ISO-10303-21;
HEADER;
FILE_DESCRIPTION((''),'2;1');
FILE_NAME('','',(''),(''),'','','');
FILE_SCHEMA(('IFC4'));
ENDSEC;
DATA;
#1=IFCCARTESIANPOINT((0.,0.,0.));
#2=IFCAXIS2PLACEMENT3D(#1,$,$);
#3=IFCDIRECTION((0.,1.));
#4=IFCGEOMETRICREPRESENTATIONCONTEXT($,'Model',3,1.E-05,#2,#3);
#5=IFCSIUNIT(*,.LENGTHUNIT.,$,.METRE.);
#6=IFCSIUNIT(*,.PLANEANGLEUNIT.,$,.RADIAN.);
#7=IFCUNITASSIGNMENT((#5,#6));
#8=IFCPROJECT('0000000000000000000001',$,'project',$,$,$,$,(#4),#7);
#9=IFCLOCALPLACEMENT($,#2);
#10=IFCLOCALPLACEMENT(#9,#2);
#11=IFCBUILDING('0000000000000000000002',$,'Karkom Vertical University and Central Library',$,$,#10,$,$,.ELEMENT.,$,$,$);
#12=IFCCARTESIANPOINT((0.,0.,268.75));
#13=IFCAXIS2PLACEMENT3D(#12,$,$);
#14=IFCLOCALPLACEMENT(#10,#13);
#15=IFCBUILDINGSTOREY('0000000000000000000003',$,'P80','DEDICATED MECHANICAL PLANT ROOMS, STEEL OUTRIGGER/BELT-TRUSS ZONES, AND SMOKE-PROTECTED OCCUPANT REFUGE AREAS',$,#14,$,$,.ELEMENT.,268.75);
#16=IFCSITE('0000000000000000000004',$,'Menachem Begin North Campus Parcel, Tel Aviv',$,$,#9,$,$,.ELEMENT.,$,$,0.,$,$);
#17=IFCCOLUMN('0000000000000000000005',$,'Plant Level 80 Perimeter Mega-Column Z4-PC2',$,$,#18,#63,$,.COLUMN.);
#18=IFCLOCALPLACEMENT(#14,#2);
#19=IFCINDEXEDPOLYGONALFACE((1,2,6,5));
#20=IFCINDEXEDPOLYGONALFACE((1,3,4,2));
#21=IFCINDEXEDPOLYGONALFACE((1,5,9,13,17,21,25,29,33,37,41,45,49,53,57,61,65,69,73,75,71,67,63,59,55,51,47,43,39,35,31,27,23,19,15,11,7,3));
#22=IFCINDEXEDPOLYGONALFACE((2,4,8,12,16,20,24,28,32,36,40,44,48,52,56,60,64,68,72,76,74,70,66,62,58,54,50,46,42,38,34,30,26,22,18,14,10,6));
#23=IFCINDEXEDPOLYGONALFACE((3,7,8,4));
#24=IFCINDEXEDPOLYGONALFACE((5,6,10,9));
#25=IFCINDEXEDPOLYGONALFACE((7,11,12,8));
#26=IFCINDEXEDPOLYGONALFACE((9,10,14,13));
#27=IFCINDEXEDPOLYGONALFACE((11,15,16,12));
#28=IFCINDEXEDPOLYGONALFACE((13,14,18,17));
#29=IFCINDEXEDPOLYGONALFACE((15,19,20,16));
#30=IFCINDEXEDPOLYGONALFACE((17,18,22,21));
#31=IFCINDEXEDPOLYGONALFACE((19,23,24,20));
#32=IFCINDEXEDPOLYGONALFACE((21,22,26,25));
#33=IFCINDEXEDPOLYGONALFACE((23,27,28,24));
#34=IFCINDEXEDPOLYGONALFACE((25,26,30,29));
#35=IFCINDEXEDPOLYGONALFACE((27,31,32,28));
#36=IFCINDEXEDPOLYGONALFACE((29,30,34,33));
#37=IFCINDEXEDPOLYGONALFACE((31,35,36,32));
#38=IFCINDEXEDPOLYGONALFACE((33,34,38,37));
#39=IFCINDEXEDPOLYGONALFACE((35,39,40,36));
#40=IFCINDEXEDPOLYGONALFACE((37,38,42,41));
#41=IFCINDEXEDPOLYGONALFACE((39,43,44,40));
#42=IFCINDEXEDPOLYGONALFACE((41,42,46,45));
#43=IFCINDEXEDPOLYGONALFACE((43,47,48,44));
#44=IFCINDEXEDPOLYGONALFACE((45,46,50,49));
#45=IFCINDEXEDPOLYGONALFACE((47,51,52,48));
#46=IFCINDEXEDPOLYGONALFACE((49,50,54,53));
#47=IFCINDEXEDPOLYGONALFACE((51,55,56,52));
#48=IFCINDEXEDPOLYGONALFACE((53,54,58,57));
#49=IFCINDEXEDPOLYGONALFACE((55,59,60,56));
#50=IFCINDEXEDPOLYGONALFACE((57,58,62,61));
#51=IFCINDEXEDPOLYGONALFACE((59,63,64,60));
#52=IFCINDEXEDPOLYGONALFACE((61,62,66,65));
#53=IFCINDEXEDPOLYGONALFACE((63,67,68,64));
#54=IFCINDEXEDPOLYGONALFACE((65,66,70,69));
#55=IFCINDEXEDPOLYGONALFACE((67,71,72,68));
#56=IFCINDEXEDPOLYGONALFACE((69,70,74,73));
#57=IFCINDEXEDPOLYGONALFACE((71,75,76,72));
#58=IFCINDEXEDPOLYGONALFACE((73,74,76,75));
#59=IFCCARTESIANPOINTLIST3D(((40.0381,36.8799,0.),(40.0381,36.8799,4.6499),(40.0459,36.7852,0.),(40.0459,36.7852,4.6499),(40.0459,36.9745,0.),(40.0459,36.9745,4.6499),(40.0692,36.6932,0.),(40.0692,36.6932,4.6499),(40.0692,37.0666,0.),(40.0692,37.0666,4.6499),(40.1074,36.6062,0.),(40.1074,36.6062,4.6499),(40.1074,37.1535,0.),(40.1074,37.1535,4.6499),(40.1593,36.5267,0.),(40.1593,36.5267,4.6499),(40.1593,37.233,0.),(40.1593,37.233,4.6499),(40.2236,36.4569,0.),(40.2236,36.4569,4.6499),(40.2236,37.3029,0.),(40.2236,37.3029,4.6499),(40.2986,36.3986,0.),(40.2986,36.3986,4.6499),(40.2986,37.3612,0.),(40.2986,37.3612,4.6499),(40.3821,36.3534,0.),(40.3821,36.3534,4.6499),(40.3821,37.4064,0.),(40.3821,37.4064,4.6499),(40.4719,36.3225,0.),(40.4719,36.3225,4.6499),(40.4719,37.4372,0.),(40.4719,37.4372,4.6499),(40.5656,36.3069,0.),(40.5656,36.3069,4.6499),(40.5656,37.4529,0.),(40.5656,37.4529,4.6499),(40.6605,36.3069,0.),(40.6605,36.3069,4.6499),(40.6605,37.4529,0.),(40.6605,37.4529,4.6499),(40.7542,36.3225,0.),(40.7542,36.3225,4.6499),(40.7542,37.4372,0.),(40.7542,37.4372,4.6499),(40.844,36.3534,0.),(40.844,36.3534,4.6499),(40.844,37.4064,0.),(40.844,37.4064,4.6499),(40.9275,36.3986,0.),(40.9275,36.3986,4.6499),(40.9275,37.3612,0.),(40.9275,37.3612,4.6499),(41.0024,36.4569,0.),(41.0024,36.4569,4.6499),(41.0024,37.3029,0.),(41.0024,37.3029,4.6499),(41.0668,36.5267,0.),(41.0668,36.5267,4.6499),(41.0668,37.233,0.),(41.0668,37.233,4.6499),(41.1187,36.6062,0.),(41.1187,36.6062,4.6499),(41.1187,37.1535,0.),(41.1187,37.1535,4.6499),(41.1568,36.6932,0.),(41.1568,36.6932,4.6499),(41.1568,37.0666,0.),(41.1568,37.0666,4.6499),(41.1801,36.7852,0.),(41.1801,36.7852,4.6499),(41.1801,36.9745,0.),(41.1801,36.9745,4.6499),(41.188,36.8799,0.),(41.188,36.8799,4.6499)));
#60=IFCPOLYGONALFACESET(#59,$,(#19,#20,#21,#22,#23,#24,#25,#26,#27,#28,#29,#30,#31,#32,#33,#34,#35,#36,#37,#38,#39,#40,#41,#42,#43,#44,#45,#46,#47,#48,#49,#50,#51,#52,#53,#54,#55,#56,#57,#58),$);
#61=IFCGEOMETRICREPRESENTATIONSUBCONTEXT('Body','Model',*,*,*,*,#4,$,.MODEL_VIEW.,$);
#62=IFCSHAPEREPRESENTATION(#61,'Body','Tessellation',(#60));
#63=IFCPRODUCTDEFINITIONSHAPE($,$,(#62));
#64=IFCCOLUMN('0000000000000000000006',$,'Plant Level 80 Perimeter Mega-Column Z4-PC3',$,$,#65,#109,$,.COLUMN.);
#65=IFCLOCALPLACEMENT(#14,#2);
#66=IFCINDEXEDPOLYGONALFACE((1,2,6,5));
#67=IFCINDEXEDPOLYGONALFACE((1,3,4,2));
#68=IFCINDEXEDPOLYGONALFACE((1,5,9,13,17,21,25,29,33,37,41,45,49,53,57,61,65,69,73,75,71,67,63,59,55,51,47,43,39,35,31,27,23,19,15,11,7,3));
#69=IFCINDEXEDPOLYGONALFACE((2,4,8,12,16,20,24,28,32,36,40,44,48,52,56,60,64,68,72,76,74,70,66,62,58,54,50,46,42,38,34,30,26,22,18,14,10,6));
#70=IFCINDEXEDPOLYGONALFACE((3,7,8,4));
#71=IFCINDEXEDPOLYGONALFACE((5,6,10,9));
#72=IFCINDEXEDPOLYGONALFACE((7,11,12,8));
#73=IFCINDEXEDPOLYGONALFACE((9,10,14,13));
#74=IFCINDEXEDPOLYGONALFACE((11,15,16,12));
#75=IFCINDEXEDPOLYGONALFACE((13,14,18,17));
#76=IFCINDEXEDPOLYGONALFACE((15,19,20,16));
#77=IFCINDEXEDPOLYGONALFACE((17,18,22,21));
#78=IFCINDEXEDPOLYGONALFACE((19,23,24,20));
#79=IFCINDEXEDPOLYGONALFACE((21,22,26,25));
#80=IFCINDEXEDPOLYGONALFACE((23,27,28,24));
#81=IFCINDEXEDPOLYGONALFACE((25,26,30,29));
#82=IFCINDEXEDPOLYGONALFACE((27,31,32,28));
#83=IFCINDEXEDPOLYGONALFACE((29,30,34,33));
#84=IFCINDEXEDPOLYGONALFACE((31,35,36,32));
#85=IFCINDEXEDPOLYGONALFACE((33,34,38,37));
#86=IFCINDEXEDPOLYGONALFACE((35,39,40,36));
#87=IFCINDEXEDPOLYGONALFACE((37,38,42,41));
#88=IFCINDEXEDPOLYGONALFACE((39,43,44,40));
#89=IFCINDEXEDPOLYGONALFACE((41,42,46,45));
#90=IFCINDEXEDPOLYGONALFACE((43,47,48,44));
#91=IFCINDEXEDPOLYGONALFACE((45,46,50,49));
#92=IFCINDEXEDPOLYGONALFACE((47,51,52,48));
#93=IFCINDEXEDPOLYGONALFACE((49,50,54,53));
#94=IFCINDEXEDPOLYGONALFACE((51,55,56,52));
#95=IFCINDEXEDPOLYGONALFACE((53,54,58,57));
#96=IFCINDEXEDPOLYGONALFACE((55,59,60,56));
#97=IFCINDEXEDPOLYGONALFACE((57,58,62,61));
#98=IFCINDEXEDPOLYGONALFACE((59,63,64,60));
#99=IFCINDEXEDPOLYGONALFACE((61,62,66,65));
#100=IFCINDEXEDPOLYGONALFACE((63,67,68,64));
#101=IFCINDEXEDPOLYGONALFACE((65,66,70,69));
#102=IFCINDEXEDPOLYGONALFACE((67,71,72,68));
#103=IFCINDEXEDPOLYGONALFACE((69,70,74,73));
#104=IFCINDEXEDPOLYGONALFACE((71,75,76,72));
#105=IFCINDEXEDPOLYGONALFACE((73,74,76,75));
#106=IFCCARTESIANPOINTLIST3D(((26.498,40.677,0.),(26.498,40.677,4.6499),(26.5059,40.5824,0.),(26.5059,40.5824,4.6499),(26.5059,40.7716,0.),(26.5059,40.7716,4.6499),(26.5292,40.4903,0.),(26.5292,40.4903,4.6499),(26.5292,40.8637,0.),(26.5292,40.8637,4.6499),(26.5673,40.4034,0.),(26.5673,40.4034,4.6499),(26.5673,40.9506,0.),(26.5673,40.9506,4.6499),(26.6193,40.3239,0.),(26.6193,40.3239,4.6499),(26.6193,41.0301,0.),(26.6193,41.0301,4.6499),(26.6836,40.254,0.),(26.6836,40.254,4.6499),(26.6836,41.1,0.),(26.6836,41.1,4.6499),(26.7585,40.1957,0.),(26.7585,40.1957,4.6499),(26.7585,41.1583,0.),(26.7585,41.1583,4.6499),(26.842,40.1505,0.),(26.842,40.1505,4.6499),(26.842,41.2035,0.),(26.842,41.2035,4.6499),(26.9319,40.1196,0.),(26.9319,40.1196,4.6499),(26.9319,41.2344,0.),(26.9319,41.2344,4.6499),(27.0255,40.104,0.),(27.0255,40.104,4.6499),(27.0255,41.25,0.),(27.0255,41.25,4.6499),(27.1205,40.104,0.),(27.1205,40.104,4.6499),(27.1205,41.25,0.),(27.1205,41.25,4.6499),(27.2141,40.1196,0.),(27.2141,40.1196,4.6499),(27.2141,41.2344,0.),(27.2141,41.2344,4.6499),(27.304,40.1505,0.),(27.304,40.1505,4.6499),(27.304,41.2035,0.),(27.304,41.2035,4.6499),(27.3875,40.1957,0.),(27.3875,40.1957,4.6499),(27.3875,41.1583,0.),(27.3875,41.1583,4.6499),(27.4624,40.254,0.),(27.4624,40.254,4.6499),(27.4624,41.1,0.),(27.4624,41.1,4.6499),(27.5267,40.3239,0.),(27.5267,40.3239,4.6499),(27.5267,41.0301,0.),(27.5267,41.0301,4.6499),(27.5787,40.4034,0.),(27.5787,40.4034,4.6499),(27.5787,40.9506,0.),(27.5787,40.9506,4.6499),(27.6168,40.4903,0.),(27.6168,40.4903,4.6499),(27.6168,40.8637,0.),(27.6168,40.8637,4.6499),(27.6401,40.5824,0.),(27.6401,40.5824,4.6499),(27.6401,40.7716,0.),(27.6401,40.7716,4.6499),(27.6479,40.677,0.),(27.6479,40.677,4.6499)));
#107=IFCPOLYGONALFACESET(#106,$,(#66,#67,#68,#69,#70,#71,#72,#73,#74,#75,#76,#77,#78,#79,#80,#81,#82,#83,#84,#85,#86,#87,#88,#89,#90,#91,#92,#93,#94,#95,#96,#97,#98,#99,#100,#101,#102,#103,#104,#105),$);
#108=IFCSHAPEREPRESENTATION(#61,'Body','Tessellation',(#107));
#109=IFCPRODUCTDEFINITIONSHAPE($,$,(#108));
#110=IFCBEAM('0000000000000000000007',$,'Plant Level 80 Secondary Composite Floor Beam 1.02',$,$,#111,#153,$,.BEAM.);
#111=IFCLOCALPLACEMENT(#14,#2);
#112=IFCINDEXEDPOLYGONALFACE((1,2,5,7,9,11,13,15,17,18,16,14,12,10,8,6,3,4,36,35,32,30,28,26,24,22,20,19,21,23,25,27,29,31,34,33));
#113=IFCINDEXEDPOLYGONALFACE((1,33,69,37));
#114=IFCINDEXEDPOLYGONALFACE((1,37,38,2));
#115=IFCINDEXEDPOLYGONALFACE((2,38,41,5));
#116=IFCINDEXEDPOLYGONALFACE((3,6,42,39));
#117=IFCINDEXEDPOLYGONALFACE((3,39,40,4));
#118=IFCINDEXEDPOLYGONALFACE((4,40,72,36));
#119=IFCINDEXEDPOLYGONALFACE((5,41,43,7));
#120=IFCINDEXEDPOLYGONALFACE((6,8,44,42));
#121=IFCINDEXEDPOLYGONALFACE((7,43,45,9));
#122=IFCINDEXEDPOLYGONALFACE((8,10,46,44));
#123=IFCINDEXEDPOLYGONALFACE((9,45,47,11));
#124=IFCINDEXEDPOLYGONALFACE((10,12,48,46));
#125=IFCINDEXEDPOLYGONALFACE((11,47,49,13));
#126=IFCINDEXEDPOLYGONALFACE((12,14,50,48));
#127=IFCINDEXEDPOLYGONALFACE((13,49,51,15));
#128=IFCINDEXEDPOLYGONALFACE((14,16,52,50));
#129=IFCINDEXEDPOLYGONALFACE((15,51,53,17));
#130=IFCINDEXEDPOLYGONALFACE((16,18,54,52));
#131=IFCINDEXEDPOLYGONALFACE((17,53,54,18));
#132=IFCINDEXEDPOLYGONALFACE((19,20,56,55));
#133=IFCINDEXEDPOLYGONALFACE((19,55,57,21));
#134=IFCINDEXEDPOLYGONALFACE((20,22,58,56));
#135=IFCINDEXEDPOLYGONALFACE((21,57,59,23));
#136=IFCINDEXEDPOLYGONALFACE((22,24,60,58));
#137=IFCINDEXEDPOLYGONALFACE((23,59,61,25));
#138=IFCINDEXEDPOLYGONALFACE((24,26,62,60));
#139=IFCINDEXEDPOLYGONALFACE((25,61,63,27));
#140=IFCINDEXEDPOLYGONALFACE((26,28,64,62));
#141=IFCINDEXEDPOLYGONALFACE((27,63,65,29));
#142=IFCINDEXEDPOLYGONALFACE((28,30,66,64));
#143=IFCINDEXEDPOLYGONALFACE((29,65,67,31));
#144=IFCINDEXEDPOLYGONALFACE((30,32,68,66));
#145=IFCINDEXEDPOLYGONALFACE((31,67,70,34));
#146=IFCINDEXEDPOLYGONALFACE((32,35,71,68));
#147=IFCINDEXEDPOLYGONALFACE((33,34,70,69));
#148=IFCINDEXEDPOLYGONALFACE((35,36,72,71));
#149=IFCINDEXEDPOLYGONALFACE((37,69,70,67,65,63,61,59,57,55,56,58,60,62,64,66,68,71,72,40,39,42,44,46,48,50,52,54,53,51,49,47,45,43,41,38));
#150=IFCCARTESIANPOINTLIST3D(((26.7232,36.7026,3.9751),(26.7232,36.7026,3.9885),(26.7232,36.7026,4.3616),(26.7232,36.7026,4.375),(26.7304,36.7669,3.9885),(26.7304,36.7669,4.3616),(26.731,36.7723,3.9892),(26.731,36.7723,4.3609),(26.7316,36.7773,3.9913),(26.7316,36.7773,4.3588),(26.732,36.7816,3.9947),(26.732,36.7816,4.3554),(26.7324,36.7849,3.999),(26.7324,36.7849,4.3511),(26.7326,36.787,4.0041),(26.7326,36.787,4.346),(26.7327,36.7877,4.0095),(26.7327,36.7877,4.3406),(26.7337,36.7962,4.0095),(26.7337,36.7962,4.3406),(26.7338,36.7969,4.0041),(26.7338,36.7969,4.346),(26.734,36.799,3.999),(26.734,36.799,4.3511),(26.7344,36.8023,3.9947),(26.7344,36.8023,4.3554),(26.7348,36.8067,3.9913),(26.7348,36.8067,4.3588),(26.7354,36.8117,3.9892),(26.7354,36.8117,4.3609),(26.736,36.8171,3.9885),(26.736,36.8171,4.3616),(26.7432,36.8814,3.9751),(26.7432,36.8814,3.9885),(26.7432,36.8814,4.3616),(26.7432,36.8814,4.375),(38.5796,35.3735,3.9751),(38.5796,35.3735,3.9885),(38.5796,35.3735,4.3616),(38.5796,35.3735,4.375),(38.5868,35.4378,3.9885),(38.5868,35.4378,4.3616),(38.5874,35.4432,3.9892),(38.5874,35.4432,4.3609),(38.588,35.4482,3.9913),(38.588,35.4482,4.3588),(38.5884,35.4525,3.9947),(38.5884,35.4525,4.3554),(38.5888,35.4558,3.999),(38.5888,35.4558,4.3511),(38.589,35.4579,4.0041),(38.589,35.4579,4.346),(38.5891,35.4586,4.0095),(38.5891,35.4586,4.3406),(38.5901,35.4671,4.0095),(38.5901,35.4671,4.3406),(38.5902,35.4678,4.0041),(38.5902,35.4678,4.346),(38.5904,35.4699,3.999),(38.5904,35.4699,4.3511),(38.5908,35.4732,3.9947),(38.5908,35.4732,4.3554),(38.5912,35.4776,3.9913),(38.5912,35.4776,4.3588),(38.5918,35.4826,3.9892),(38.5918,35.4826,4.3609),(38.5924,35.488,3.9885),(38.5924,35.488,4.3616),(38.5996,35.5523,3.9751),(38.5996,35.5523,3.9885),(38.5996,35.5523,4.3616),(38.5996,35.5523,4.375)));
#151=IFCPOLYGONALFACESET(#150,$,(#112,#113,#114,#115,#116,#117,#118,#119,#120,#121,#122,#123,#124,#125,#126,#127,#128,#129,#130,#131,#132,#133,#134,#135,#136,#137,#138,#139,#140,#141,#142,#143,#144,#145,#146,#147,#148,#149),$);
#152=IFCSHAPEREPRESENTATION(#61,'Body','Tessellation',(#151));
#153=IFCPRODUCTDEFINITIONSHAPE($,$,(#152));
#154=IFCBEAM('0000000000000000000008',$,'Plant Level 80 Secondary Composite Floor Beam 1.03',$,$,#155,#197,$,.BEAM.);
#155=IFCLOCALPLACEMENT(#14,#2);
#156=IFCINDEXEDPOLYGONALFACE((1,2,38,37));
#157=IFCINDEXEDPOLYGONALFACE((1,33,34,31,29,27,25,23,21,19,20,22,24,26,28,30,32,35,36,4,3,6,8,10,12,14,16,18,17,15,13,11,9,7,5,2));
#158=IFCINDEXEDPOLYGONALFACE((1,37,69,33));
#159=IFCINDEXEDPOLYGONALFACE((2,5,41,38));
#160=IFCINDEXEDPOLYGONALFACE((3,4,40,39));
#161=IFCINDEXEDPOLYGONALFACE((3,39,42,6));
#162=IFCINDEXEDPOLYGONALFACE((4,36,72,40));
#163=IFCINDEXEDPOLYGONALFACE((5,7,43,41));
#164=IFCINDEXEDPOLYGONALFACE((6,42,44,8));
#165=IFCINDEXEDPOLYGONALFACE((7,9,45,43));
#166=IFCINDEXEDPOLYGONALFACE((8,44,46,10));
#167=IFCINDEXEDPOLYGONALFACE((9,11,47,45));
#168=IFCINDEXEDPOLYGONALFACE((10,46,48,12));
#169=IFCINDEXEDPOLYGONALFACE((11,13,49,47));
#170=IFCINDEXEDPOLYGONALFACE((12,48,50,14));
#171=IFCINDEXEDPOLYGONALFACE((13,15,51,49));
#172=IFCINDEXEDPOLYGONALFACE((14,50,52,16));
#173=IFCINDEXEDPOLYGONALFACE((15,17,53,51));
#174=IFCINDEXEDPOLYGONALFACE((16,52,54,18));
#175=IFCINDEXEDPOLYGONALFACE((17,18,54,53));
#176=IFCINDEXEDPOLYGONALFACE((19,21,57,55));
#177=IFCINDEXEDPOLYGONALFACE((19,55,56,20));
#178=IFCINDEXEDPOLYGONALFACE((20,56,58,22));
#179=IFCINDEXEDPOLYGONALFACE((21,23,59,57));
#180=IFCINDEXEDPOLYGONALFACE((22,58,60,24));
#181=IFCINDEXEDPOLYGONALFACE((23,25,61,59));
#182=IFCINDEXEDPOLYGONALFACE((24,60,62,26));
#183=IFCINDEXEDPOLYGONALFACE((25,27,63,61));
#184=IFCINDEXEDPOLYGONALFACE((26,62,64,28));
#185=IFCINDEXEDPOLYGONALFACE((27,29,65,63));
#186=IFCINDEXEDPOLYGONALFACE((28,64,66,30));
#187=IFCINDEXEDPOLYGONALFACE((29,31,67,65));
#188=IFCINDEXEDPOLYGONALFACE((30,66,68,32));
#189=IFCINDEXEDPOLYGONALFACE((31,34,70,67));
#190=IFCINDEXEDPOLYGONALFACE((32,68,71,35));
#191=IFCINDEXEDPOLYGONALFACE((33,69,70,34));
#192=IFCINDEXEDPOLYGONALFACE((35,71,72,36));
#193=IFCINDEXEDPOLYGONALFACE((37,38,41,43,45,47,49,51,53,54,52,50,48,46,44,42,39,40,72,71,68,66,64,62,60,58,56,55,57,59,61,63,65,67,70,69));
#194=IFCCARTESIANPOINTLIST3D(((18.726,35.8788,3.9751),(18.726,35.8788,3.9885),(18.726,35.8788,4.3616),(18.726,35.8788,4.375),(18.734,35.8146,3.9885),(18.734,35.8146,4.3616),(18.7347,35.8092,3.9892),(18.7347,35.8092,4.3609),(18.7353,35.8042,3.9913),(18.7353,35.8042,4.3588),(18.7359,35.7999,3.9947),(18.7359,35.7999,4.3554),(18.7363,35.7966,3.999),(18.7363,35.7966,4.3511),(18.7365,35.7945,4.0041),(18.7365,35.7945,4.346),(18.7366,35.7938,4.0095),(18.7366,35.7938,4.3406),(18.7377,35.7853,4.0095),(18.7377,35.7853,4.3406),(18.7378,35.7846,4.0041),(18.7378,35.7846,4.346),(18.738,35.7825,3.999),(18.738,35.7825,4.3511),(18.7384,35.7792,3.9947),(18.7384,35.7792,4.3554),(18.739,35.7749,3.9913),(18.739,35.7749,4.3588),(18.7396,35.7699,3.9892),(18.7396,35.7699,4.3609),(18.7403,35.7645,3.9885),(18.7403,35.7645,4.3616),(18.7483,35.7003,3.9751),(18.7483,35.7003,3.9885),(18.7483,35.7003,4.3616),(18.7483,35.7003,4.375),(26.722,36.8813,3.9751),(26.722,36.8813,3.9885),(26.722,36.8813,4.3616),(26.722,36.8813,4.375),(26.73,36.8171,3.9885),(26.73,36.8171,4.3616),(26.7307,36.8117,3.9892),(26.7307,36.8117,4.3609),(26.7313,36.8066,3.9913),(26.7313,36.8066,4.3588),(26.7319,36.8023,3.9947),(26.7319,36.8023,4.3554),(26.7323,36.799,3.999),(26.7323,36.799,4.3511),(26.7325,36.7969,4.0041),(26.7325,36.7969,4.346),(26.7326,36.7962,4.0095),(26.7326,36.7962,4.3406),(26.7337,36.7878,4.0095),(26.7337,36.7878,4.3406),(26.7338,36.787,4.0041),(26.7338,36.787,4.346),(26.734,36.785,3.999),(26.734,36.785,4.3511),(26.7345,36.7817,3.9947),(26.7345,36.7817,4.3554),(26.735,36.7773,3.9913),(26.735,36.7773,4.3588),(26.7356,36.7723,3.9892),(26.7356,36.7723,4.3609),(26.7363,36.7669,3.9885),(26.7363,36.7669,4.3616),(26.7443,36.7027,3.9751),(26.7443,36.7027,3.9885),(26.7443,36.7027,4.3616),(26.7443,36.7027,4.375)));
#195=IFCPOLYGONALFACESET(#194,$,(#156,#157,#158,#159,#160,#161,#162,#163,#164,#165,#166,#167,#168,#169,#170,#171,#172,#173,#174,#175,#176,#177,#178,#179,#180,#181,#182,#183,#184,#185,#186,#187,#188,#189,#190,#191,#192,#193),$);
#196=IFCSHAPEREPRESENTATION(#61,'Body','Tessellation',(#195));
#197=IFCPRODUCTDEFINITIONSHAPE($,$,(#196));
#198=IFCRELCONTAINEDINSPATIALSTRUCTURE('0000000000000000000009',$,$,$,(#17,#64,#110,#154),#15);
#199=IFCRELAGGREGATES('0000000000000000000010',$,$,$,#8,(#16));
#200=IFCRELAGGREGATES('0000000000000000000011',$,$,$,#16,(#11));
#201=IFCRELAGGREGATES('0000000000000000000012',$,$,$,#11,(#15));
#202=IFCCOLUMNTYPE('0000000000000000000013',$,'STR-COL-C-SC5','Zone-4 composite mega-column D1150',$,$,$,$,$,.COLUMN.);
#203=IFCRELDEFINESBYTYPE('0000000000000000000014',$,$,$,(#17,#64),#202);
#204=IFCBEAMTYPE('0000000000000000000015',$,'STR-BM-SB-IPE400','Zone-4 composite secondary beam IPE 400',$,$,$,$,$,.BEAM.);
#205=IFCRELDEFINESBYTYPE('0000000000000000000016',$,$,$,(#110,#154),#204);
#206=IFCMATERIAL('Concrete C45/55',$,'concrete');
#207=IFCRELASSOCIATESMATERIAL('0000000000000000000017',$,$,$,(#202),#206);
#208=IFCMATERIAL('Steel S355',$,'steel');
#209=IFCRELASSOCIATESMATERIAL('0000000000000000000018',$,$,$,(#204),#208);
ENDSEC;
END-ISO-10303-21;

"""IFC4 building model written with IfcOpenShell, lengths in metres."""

from ifc_helpers import new_model, si_unit, direction, frame, origin, origin_with_axes, origin_2d, place, context, subcontext, project, spatial, circle, i_section, extrude, source, transform, mapped, material, material_profile, profile_set, type_object, element, save


model = new_model("IFC4")

# Units and contexts
model_context = context("Model", 3, precision=1e-05, world=origin(), true_north=direction((0.0, 1.0)))
body_context = subcontext(model_context, "Body", "Model", "MODEL_VIEW")
ifc_project = project(units=[si_unit("LENGTHUNIT", "METRE"), si_unit("PLANEANGLEUNIT", "RADIAN")], contexts=[model_context])

# Site, building, storey
site_placement = place(None, origin())
site = spatial("IfcSite", under=ifc_project, at=site_placement, Name="Menachem Begin North Campus Parcel, Tel Aviv", CompositionType="ELEMENT", RefElevation=0.0)
building_placement = place(site_placement, origin())
building = spatial("IfcBuilding", under=site, at=building_placement, Name="Karkom Vertical University and Central Library", CompositionType="ELEMENT")
storey_placement = place(building_placement, frame((0.0, 0.0, 268.75)))
storey = spatial("IfcBuildingStorey", under=building, at=storey_placement, Name="P80", Description="DEDICATED MECHANICAL PLANT ROOMS, STEEL OUTRIGGER/BELT-TRUSS ZONES, AND SMOKE-PROTECTED OCCUPANT REFUGE AREAS", CompositionType="ELEMENT", Elevation=268.75)

# Columns
ifc_material_1 = material(Name="Concrete C45/55", Category="concrete")
ifc_material_profile_1 = material_profile(ifc_material_1, circle(Radius=0.575, at=origin_2d()), Name="CFT-D1150")
ifc_profile_set_1 = profile_set([ifc_material_profile_1], Name="Concrete C45/55")
column_type = type_object("IfcColumnType", Name="STR-COL-C-SC5", Description="Zone-4 composite mega-column D1150", PredefinedType="COLUMN", material=ifc_profile_set_1)
shared_shape_1 = source(origin_with_axes(), body_context, "Body", "SweptSolid", [
    extrude(circle(Radius=0.575, at=origin_2d()), origin(), (0.0, 0.0, 1.0), 4.6499),
])
for number, where, z_axis, x_axis, name in (
    (1, (40.613, 36.8799, 0.0), (0.0, 0.0, 1.0), (1.0, 0.0, 0.0), "Plant Level 80 Perimeter Mega-Column Z4-PC2"),
    (2, (27.073, 40.677, 0.0), (0.0, 0.0, 1.0), (1.0, 0.0, 0.0), "Plant Level 80 Perimeter Mega-Column Z4-PC3"),
):
    element("IfcColumn", number, at=place(storey_placement, frame(where, z_axis=z_axis, x_axis=x_axis)), inside=storey, type_object=column_type, Name=name, PredefinedType="COLUMN", context=body_context, shape_type="MappedRepresentation", body=[
        mapped(shared_shape_1, transform((0.0, 0.0, 0.0), scale=1.0)),
    ])

# Beams
ifc_material_2 = material(Name="Steel S355", Category="steel")
ifc_material_profile_2 = material_profile(ifc_material_2, i_section(OverallWidth=0.1799, OverallDepth=0.3999, WebThickness=0.0085, FlangeThickness=0.0134, FilletRadius=0.021, at=origin_2d()), Name="IPE 400")
ifc_profile_set_2 = profile_set([ifc_material_profile_2], Name="Steel S355")
beam_type_1 = type_object("IfcBeamType", Name="STR-BM-SB-IPE400", Description="Zone-4 composite secondary beam IPE 400", PredefinedType="BEAM", material=ifc_profile_set_2)
shared_shape_2 = source(origin_with_axes(), body_context, "Body", "SweptSolid", [
    extrude(i_section(OverallWidth=0.1799, OverallDepth=0.3999, WebThickness=0.0085, FlangeThickness=0.0134, FilletRadius=0.021, at=origin_2d()), origin(), (0.0, 0.0, 1.0), 11.9307),
])
beam_1_placement = place(storey_placement, frame((38.5896, 35.4629, 4.175), z_axis=(-0.993775, 0.111402, 0.0), x_axis=(-0.111402, -0.993775, 0.0)))
element("IfcBeam", 3, at=beam_1_placement, inside=storey, type_object=beam_type_1, Name="Plant Level 80 Secondary Composite Floor Beam 1.02", PredefinedType="BEAM", context=body_context, shape_type="MappedRepresentation", body=[
    mapped(shared_shape_2, transform((0.0, 0.0, 0.0), scale=1.0)),
])
shared_shape_3 = source(origin_with_axes(), body_context, "Body", "SweptSolid", [
    extrude(i_section(OverallWidth=0.1799, OverallDepth=0.3999, WebThickness=0.0085, FlangeThickness=0.0134, FilletRadius=0.021, at=origin_2d()), origin(), (0.0, 0.0, 1.0), 8.0586),
])
beam_2_placement = place(storey_placement, frame((26.7332, 36.792, 4.175), z_axis=(-0.992233, -0.124393, 0.0), x_axis=(0.124393, -0.992233, 0.0)))
element("IfcBeam", 4, at=beam_2_placement, inside=storey, type_object=beam_type_1, Name="Plant Level 80 Secondary Composite Floor Beam 1.03", PredefinedType="BEAM", context=body_context, shape_type="MappedRepresentation", body=[
    mapped(shared_shape_3, transform((0.0, 0.0, 0.0), scale=1.0)),
])

save(model, "model.ifc")
